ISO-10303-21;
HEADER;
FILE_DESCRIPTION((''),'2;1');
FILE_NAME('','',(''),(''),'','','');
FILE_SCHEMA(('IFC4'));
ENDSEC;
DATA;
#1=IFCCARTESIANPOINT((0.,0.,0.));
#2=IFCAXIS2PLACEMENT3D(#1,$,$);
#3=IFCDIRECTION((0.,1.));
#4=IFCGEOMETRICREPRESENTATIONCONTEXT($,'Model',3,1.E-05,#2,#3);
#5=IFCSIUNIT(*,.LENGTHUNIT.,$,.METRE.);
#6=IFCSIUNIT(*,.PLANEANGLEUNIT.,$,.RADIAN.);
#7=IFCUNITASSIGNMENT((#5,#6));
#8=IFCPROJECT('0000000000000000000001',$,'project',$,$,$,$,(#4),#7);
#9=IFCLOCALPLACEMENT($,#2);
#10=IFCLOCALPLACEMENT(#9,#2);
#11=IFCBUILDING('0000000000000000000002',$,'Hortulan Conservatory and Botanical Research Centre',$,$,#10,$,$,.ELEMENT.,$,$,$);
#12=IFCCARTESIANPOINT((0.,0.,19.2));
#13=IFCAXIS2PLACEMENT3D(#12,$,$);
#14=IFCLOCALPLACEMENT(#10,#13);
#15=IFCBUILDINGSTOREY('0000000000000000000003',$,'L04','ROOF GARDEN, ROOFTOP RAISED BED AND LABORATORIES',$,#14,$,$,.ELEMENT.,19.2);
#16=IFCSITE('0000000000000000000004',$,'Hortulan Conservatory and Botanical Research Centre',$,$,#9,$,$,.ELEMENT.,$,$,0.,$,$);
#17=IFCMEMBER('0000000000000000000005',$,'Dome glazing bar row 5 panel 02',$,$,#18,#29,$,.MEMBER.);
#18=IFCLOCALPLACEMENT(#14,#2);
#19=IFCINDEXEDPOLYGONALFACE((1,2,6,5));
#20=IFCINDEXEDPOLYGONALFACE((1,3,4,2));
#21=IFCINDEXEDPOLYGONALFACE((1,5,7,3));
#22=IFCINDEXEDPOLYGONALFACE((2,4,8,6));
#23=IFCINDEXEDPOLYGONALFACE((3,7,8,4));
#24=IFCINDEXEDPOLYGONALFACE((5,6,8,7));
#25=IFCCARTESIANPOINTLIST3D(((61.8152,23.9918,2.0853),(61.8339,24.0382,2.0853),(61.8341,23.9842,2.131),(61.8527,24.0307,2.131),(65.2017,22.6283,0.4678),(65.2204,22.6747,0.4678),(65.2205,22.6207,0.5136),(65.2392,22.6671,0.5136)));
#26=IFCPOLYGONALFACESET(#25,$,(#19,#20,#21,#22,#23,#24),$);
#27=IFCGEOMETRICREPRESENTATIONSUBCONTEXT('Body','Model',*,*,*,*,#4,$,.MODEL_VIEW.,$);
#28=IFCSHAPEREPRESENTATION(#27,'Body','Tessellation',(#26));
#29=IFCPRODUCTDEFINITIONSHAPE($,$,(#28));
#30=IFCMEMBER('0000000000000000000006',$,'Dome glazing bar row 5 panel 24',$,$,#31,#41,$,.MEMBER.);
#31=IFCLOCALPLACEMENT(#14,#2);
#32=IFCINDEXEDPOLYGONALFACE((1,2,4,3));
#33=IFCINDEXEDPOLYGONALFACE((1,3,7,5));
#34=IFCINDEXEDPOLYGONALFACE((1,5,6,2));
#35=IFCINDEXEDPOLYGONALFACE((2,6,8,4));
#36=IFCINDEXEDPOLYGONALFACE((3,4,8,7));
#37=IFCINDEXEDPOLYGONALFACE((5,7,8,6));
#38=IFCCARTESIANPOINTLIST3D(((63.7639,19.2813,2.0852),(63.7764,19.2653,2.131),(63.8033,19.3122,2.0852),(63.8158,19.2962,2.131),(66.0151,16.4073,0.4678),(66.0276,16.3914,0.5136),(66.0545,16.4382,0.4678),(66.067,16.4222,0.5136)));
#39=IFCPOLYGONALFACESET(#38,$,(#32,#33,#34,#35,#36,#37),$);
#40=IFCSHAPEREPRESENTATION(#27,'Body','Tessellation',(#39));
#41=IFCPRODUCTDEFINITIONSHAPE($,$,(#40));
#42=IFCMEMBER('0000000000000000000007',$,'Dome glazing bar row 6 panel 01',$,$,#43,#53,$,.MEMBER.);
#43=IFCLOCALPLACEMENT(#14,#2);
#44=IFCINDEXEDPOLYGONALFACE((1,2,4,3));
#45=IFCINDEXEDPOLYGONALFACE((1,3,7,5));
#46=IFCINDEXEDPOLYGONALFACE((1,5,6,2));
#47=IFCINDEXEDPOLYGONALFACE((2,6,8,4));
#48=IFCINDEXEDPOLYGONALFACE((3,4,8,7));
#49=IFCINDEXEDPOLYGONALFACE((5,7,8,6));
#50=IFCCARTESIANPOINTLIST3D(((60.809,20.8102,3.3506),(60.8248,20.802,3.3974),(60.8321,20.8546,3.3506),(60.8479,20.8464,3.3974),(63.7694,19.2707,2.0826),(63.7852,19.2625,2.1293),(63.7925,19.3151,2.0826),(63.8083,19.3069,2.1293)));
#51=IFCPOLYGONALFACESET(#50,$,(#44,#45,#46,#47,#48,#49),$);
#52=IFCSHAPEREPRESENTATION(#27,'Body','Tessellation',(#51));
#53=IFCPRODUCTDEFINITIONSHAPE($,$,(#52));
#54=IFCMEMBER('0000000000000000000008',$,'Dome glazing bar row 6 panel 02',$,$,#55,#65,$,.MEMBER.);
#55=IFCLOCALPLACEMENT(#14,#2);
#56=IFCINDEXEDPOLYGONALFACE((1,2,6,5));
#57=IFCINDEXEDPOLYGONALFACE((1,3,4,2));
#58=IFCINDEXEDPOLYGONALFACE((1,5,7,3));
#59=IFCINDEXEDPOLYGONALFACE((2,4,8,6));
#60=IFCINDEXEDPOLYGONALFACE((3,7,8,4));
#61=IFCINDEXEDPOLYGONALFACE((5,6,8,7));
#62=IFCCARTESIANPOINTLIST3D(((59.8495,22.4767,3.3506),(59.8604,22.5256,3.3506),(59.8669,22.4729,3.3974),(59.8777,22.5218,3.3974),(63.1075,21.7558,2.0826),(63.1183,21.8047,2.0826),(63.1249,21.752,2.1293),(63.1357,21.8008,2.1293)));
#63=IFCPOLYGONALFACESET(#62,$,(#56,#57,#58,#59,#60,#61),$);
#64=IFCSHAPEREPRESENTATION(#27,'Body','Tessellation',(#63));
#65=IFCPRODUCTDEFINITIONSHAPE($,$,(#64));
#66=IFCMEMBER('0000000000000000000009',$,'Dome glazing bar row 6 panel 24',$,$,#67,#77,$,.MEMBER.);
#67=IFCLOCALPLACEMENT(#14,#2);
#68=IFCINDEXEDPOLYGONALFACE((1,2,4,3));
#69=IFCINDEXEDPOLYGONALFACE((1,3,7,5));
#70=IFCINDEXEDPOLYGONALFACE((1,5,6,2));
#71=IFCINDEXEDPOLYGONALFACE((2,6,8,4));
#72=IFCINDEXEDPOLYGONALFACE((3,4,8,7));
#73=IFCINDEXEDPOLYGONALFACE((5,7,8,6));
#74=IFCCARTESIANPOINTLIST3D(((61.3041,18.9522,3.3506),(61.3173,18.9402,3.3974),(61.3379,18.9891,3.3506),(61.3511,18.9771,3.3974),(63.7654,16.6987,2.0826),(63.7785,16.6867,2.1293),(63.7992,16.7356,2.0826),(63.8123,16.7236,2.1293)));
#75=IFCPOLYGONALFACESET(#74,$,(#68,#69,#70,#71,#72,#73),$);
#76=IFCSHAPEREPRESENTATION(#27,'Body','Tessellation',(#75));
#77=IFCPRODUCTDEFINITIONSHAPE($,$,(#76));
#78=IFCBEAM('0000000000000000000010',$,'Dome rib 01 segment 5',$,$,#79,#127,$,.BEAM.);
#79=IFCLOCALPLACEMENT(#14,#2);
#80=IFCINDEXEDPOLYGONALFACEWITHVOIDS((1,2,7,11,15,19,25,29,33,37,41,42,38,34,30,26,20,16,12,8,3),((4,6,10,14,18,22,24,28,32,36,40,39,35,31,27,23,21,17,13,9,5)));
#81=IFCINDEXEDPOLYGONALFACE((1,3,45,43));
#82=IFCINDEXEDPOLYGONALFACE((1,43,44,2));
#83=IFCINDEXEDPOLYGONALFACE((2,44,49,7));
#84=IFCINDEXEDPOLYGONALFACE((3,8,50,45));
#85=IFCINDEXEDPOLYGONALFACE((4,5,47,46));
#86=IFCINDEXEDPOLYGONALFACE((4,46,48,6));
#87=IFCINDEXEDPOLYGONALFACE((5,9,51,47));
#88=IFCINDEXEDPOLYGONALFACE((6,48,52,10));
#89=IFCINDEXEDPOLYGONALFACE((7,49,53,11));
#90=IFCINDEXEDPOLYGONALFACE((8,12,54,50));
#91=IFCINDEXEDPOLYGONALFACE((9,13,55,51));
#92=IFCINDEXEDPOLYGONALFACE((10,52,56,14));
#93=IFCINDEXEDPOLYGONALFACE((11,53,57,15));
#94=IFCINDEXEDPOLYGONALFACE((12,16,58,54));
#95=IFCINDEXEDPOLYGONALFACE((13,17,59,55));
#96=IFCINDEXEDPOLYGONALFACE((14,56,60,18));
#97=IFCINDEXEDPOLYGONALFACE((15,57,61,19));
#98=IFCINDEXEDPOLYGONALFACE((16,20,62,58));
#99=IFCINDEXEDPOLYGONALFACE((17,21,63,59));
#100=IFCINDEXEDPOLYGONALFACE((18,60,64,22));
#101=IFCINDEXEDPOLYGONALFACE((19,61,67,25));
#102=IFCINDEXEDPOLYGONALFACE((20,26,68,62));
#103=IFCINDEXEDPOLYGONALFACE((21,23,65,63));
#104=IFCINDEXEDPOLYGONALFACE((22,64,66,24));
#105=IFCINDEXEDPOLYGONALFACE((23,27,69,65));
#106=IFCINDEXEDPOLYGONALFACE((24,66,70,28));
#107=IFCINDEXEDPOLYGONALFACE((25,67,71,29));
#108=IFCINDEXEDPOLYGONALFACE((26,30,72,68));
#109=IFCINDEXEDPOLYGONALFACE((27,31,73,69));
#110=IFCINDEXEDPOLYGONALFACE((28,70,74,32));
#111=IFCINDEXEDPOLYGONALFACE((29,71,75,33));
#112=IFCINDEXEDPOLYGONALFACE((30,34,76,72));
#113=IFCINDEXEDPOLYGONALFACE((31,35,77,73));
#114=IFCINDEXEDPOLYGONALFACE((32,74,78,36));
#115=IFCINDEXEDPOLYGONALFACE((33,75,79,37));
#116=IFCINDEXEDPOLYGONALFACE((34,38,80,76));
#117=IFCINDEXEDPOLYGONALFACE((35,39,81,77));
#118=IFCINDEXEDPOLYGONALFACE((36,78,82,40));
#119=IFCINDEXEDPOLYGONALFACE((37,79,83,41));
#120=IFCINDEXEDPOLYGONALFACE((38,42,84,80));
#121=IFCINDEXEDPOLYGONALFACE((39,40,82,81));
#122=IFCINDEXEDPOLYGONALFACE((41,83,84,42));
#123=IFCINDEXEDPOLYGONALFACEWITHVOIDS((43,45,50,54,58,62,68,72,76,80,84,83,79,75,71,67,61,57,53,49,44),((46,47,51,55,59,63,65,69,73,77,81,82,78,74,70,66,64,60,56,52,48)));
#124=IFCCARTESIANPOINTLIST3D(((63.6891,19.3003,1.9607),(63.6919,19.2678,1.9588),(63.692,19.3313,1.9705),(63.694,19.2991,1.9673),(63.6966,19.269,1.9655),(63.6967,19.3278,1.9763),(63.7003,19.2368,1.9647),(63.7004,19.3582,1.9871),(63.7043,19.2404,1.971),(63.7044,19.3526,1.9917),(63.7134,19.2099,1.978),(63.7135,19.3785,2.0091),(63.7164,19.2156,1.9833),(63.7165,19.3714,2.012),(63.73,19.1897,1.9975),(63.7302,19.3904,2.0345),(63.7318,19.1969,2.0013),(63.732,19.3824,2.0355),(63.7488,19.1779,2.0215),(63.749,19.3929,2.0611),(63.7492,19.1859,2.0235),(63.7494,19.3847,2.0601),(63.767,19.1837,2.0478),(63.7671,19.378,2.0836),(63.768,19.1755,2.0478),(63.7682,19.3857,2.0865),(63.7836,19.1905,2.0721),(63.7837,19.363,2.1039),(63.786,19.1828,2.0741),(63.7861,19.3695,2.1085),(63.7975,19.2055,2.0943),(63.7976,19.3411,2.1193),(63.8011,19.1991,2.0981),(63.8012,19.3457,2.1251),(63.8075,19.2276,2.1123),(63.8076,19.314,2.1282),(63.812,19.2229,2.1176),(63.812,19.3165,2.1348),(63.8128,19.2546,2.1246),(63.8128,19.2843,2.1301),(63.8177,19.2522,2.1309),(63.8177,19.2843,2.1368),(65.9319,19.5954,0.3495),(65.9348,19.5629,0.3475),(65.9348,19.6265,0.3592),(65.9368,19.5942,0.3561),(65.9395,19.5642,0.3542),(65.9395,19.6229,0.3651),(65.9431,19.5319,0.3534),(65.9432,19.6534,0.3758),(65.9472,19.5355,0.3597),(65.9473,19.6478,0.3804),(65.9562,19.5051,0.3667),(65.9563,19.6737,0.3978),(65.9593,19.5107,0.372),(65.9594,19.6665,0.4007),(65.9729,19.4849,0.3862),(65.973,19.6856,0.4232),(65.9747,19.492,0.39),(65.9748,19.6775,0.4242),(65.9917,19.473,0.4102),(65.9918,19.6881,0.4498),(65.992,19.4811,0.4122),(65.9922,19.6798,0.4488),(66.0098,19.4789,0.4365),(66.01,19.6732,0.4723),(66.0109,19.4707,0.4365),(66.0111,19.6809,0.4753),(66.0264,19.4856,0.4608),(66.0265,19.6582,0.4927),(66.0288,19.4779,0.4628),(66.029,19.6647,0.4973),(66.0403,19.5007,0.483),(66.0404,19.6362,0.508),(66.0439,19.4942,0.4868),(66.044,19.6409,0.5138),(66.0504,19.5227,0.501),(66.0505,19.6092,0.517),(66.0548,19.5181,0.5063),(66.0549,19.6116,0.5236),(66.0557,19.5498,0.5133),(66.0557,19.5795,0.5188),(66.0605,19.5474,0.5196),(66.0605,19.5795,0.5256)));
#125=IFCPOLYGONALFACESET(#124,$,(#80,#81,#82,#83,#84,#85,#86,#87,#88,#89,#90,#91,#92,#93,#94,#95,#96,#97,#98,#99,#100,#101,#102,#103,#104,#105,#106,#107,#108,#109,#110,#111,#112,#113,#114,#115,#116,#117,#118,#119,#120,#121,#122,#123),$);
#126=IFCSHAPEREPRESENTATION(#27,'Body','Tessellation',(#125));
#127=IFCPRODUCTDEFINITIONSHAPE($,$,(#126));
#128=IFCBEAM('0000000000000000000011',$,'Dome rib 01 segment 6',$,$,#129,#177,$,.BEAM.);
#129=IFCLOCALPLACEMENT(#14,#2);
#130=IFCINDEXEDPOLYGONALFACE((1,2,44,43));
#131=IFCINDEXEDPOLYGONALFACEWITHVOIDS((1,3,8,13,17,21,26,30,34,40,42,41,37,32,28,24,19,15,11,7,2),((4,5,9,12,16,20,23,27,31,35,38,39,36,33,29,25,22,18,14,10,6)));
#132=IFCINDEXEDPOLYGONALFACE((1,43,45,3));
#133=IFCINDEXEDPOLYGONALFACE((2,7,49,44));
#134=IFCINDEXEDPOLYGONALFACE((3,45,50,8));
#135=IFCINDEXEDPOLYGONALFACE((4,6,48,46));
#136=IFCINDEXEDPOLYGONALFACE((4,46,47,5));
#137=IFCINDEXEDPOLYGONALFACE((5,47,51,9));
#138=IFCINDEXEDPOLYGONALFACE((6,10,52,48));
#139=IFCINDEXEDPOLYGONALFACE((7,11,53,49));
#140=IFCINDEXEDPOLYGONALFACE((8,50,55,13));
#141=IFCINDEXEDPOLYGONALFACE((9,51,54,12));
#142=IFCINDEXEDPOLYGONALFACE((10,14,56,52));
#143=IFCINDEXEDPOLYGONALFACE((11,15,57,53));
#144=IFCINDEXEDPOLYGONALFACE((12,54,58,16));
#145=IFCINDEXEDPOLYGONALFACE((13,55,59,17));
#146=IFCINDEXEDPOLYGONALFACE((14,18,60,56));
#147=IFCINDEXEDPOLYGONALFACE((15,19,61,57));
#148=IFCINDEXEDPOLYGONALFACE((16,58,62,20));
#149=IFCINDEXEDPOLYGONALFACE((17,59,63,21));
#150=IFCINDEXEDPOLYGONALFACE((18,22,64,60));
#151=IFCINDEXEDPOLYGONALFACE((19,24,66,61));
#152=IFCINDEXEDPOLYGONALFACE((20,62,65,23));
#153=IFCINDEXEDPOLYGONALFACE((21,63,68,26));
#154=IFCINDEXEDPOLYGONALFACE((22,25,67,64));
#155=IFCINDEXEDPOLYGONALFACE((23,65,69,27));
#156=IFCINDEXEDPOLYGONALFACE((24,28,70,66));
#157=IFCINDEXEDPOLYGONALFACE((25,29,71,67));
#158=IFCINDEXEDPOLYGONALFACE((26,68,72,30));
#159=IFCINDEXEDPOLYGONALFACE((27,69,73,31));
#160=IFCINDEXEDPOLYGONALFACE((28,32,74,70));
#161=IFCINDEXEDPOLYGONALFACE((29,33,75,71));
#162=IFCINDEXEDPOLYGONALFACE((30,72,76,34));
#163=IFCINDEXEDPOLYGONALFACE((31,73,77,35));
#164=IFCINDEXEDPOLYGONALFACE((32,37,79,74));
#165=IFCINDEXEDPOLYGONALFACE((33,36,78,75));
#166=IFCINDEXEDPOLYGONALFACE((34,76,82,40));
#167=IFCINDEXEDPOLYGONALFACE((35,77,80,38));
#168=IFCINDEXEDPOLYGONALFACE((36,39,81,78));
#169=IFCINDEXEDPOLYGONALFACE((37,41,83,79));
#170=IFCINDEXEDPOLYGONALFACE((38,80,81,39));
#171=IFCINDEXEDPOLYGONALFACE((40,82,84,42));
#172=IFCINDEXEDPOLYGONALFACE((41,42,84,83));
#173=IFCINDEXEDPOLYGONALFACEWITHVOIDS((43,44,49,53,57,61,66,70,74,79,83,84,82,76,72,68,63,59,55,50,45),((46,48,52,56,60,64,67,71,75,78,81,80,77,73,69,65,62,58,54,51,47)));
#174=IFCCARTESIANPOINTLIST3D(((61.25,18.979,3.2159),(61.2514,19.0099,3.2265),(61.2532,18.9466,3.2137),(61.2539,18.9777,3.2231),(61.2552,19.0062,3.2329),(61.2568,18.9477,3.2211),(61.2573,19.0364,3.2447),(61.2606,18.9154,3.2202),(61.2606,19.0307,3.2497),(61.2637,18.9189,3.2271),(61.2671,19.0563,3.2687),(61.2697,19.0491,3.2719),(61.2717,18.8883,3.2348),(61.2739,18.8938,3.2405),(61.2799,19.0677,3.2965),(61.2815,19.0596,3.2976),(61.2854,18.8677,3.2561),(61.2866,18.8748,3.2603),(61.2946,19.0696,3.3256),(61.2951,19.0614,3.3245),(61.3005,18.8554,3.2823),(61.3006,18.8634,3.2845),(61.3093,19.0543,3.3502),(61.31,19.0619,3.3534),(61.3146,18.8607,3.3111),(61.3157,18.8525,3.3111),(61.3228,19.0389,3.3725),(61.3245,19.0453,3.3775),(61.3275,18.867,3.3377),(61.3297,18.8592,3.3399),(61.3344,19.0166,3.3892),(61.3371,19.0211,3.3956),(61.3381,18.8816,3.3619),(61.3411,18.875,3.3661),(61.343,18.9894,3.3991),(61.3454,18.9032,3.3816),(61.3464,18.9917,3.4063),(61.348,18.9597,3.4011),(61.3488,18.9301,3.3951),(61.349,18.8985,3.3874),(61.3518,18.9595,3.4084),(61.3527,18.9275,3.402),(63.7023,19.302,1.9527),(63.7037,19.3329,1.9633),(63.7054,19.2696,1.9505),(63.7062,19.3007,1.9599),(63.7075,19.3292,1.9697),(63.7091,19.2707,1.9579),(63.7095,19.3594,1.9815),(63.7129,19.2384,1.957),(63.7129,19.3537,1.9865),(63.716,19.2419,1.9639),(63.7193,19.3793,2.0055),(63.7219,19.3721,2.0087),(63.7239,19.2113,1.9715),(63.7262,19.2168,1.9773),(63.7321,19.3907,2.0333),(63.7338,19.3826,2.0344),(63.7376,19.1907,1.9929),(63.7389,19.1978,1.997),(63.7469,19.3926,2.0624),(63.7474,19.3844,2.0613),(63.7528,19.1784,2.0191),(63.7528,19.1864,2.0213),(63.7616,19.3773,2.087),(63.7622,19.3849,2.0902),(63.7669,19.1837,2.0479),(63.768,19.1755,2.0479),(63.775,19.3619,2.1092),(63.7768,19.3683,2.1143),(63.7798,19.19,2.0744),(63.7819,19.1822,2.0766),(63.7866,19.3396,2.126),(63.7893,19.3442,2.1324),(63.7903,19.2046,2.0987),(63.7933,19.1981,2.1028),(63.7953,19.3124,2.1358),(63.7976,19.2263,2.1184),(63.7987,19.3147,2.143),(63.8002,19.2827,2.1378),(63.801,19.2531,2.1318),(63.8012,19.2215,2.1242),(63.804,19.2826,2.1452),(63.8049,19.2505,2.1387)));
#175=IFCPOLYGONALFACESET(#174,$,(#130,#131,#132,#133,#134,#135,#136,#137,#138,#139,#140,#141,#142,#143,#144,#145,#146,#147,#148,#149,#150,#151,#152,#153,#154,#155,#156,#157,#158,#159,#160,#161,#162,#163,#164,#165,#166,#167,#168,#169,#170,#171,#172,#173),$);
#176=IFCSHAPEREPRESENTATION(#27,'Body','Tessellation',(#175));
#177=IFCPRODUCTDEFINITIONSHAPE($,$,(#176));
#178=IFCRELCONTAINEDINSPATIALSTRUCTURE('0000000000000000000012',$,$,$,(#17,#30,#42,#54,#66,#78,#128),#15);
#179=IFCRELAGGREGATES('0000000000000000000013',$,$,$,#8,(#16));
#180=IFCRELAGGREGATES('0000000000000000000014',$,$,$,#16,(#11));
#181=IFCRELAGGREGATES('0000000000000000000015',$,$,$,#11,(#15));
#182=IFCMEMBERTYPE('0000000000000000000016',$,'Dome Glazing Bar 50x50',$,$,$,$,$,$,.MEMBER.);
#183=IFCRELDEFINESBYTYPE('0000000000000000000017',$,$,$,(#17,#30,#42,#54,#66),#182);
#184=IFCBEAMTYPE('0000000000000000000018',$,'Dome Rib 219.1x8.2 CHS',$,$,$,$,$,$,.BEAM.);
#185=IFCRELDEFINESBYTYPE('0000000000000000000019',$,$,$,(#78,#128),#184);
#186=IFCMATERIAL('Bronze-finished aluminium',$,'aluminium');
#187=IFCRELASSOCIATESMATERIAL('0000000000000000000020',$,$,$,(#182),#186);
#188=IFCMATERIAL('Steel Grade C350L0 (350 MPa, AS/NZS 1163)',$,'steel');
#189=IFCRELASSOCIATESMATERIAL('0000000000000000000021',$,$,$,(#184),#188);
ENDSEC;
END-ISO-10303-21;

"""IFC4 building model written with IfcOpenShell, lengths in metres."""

from ifc_helpers import new_model, si_unit, direction, frame, origin, origin_2d, place, context, subcontext, project, spatial, rectangle, hollow_circle, extrude, material, material_profile, profile_set, type_object, element, save


model = new_model("IFC4")

# Units and contexts
model_context = context("Model", 3, precision=1e-05, world=origin(), true_north=direction((0.0, 1.0)))
body_context = subcontext(model_context, "Body", "Model", "MODEL_VIEW")
ifc_project = project(units=[si_unit("LENGTHUNIT", "METRE"), si_unit("PLANEANGLEUNIT", "RADIAN")], contexts=[model_context])

# Site, building, storey
site_placement = place(None, origin())
site = spatial("IfcSite", under=ifc_project, at=site_placement, Name="Hortulan Conservatory and Botanical Research Centre", CompositionType="ELEMENT", RefElevation=0.0)
building_placement = place(site_placement, origin())
building = spatial("IfcBuilding", under=site, at=building_placement, Name="Hortulan Conservatory and Botanical Research Centre", CompositionType="ELEMENT")
storey_placement = place(building_placement, frame((0.0, 0.0, 19.2)))
storey = spatial("IfcBuildingStorey", under=building, at=storey_placement, Name="L04", Description="ROOF GARDEN, ROOFTOP RAISED BED AND LABORATORIES", CompositionType="ELEMENT", Elevation=19.2)

# Members
ifc_material_1 = material(Name="Bronze-finished aluminium", Category="aluminium")
ifc_material_profile_1 = material_profile(ifc_material_1, rectangle(XDim=0.05, YDim=0.05, at=origin_2d()), Name="Square bar 50x50")
ifc_profile_set_1 = profile_set([ifc_material_profile_1], Name="Bronze-finished aluminium")
member_type_1 = type_object("IfcMemberType", Name="Dome Glazing Bar 50x50", PredefinedType="MEMBER", material=ifc_profile_set_1)
for number, where, z_axis, x_axis, name in (
    (1, (65.2205, 22.6477, 0.4907), (-0.848118, 0.341485, 0.405074), (-0.3735, -0.92763, 0.0), "Dome glazing bar row 5 panel 02"),
    (2, (66.041, 16.4148, 0.4907), (-0.563791, 0.719765, 0.405066), (-0.787241, -0.616645, 0.0), "Dome glazing bar row 5 panel 24"),
):
    element("IfcMember", number, at=place(storey_placement, frame(where, z_axis=z_axis, x_axis=x_axis)), inside=storey, type_object=member_type_1, Name=name, PredefinedType="MEMBER", context=body_context, shape_type="SweptSolid", body=[
        extrude(rectangle(XDim=0.05, YDim=0.05, at=origin_2d()), origin(), (0.0, 0.0, 1.0), 3.9929),
    ])
for number, where, z_axis, x_axis, name in (
    (3, (63.7888, 19.2888, 2.106), (-0.829337, 0.431288, 0.355235), (-0.46138, -0.887202, 0.0), "Dome glazing bar row 6 panel 01"),
    (4, (63.1216, 21.7783, 2.106), (-0.9127, 0.201964, 0.355231), (-0.216055, -0.976381, 0.0), "Dome glazing bar row 6 panel 02"),
):
    element("IfcMember", number, at=place(storey_placement, frame(where, z_axis=z_axis, x_axis=x_axis)), inside=storey, type_object=member_type_1, Name=name, PredefinedType="MEMBER", context=body_context, shape_type="SweptSolid", body=[
        extrude(rectangle(XDim=0.05, YDim=0.05, at=origin_2d()), origin(), (0.0, 0.0, 1.0), 3.5696),
    ])
member_1_placement = place(storey_placement, frame((63.7888, 16.7112, 2.106), z_axis=(-0.68945, 0.631249, 0.355223), x_axis=(-0.675291, -0.737552, 0.0)))
element("IfcMember", 5, at=member_1_placement, inside=storey, type_object=member_type_1, Name="Dome glazing bar row 6 panel 24", PredefinedType="MEMBER", context=body_context, shape_type="SweptSolid", body=[
    extrude(rectangle(XDim=0.05, YDim=0.05, at=origin_2d()), origin(), (0.0, 0.0, 1.0), 3.5698),
])

# Beams
ifc_material_2 = material(Name="Steel Grade C350L0 (350 MPa, AS/NZS 1163)", Category="steel")
ifc_material_profile_2 = material_profile(ifc_material_2, hollow_circle(Radius=0.1096, WallThickness=0.0083, at=origin_2d()), Name="219.1x8.2CHS")
ifc_profile_set_2 = profile_set([ifc_material_profile_2], Name="Steel Grade C350L0 (350 MPa, AS/NZS 1163)")
beam_type = type_object("IfcBeamType", Name="Dome Rib 219.1x8.2 CHS", PredefinedType="BEAM", material=ifc_profile_set_2)
for number, where, z_axis, x_axis, name in (
    (6, (65.9966, 19.5793, 0.4365), (-0.807548, -0.106273, 0.580148), (0.130474, -0.991452, 0.0), "Dome rib 01 segment 5"),
    (7, (63.7537, 19.2842, 2.0479), (-0.882948, -0.116302, 0.454836), (0.130592, -0.991436, 0.0), "Dome rib 01 segment 6"),
):
    element("IfcBeam", number, at=place(storey_placement, frame(where, z_axis=z_axis, x_axis=x_axis)), inside=storey, type_object=beam_type, Name=name, PredefinedType="BEAM", context=body_context, shape_type="SweptSolid", body=[
        extrude(hollow_circle(Radius=0.1096, WallThickness=0.0083, at=origin_2d()), origin(), (0.0, 0.0, 1.0), 2.7773),
    ])

save(model, "model.ifc")
